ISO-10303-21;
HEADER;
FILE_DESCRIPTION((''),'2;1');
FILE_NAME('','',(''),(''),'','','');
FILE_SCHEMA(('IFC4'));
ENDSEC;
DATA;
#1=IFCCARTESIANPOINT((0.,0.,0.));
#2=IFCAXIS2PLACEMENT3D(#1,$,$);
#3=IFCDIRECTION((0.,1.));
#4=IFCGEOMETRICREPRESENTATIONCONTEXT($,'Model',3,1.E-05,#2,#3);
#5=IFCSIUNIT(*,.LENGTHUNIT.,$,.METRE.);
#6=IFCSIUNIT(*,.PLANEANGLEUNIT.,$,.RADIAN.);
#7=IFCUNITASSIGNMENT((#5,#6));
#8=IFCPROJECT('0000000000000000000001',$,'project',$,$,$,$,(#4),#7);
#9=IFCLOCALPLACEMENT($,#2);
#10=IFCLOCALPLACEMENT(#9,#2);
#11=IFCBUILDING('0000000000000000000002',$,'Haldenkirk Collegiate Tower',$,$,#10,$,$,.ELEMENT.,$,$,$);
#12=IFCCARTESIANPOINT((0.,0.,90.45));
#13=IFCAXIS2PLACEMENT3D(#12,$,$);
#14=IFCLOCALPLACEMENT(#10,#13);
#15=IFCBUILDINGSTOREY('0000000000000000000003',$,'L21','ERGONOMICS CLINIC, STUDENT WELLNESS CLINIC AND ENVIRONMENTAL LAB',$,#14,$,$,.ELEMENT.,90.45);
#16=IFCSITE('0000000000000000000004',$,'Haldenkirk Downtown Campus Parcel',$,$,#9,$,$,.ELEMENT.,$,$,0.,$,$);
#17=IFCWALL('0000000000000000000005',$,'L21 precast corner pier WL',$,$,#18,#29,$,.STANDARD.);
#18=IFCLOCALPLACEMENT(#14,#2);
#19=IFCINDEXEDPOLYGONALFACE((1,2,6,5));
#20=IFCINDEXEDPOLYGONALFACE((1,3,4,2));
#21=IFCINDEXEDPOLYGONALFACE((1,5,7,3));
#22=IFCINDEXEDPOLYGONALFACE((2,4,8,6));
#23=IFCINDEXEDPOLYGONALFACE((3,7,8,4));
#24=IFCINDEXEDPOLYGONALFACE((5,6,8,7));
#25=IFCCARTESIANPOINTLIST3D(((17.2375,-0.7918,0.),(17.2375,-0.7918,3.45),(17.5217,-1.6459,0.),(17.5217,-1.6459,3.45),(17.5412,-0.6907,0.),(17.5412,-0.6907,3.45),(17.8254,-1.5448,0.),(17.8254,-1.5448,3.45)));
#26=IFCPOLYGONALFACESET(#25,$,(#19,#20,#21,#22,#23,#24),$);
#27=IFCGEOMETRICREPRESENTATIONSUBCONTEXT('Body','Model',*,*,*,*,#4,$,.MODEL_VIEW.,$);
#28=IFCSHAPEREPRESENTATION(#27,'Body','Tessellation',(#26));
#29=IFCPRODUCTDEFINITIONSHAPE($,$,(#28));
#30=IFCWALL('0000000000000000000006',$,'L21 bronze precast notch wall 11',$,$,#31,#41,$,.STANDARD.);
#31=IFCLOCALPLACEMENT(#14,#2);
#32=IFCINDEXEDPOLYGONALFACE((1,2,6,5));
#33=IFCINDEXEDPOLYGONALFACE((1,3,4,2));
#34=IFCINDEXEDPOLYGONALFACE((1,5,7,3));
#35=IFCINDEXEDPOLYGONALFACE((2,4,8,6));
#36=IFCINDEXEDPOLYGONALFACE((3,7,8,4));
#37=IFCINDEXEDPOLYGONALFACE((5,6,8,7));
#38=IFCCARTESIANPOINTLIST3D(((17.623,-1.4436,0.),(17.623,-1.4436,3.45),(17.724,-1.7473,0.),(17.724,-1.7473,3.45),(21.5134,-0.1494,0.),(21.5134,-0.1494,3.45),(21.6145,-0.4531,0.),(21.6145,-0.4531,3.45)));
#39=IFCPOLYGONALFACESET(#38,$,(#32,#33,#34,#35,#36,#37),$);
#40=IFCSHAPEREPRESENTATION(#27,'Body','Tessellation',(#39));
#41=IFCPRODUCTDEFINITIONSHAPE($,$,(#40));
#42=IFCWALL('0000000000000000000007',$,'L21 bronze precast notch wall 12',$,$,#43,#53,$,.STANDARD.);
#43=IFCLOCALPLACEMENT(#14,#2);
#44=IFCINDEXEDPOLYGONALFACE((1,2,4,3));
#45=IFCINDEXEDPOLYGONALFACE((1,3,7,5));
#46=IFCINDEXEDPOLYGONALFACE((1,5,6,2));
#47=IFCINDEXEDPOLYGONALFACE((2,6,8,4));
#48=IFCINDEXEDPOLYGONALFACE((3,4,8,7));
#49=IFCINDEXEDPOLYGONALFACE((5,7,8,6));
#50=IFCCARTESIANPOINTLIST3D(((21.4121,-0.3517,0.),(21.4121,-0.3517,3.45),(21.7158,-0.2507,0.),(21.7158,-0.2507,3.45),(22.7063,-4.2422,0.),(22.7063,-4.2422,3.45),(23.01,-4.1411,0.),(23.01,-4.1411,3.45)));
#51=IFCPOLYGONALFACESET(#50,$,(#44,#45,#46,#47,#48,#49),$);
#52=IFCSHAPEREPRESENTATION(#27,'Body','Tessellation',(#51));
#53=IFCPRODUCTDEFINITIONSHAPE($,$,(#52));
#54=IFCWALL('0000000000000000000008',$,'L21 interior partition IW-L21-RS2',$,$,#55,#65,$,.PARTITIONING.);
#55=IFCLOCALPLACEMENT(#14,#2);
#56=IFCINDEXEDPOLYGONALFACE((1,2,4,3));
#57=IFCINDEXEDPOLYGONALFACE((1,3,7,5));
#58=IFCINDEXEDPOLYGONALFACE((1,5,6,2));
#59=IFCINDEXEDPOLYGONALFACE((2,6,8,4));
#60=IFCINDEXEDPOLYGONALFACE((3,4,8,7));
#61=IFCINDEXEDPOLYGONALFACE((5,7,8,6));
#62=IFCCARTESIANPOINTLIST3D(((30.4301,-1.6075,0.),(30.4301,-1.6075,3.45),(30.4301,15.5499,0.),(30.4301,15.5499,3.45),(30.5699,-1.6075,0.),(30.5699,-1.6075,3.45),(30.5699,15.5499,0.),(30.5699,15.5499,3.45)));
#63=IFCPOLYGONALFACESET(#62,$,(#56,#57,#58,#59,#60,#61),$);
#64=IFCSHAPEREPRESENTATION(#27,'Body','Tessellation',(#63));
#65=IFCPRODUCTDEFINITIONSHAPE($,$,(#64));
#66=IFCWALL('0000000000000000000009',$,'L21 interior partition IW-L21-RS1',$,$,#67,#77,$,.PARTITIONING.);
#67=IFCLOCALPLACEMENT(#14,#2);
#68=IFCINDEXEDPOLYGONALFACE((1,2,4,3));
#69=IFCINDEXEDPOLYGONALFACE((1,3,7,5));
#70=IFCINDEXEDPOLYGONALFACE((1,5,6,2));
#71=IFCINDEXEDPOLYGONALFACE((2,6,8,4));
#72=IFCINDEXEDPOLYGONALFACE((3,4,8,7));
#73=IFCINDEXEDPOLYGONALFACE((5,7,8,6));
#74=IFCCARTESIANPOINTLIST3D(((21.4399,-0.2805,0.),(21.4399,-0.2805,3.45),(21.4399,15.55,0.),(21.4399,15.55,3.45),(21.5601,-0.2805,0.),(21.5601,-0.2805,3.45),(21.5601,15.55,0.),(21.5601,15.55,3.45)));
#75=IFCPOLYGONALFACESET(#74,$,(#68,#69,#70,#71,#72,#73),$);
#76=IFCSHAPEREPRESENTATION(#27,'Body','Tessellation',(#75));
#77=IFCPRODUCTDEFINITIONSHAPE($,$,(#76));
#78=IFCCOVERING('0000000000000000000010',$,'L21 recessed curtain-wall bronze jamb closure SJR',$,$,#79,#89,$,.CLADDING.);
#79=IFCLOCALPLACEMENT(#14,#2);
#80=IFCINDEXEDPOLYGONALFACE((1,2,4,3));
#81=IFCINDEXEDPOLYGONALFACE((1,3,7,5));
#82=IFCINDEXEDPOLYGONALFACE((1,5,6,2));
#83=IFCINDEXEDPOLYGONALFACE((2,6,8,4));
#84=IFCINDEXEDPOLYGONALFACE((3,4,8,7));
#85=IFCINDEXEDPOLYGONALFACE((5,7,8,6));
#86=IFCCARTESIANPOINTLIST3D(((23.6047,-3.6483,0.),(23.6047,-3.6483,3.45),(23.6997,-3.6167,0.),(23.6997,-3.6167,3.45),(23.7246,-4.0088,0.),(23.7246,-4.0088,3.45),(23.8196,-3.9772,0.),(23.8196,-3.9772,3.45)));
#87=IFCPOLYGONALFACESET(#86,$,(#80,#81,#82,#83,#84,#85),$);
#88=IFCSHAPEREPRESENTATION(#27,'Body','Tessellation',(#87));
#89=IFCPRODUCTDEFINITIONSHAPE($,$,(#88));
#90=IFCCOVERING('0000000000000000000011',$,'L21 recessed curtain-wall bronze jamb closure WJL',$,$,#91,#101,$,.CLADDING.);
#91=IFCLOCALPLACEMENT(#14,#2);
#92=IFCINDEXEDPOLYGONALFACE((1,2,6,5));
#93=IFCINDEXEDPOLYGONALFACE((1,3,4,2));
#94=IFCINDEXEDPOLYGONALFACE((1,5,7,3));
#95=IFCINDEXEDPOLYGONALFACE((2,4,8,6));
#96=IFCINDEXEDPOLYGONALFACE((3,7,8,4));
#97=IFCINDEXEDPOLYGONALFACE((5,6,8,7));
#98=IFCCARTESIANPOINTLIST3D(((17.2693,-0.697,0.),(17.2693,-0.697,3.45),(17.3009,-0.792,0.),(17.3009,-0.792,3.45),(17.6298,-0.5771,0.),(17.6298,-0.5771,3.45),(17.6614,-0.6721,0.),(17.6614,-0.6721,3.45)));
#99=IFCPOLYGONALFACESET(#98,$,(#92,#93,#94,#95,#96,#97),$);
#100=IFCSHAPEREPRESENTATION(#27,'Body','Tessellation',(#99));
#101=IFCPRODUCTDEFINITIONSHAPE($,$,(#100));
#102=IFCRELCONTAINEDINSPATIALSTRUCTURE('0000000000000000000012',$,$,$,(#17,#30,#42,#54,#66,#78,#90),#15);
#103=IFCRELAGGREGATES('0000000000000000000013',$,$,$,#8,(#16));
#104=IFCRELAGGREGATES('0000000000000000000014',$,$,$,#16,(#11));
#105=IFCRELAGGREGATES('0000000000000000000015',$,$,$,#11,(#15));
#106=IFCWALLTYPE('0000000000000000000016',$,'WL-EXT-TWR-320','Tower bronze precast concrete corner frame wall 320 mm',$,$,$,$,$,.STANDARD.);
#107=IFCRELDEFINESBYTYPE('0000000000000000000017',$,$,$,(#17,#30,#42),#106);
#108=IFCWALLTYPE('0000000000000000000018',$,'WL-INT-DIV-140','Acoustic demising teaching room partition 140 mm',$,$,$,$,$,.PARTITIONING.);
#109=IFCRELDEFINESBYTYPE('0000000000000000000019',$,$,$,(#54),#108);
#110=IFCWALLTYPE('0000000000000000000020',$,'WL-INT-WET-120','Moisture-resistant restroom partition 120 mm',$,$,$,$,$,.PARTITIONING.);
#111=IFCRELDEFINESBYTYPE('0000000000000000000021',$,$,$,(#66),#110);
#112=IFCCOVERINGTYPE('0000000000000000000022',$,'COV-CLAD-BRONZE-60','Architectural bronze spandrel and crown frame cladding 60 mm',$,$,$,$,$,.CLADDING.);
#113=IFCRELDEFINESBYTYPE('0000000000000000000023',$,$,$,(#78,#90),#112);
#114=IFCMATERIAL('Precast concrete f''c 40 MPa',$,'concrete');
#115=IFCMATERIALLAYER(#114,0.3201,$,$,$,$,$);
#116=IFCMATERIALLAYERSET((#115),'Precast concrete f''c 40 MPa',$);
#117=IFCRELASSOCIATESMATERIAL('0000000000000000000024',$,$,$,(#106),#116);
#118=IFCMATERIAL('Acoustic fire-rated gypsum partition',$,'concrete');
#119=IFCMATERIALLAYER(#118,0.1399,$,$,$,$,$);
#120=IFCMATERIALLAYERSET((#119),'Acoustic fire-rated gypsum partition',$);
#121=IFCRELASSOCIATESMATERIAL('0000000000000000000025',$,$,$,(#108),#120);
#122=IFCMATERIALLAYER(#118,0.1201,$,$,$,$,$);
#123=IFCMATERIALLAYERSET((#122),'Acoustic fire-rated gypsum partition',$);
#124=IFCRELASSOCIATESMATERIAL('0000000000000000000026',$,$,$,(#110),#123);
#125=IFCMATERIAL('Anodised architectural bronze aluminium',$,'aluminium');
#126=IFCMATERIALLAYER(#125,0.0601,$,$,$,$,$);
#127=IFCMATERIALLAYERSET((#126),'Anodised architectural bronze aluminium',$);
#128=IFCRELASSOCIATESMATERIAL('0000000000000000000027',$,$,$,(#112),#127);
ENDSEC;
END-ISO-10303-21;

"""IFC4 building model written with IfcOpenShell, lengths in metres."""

from ifc_helpers import new_model, si_unit, direction, frame, frame_2d, origin, origin_2d, place, context, subcontext, project, spatial, rectangle, extrude, source, transform, mapped, material, layer, layer_set, type_object, element, save


model = new_model("IFC4")

# Units and contexts
model_context = context("Model", 3, precision=1e-05, world=origin(), true_north=direction((0.0, 1.0)))
body_context = subcontext(model_context, "Body", "Model", "MODEL_VIEW")
ifc_project = project(units=[si_unit("LENGTHUNIT", "METRE"), si_unit("PLANEANGLEUNIT", "RADIAN")], contexts=[model_context])

# Site, building, storey
site_placement = place(None, origin())
site = spatial("IfcSite", under=ifc_project, at=site_placement, Name="Haldenkirk Downtown Campus Parcel", CompositionType="ELEMENT", RefElevation=0.0)
building_placement = place(site_placement, origin())
building = spatial("IfcBuilding", under=site, at=building_placement, Name="Haldenkirk Collegiate Tower", CompositionType="ELEMENT")
storey_placement = place(building_placement, frame((0.0, 0.0, 90.45)))
storey = spatial("IfcBuildingStorey", under=building, at=storey_placement, Name="L21", Description="ERGONOMICS CLINIC, STUDENT WELLNESS CLINIC AND ENVIRONMENTAL LAB", CompositionType="ELEMENT", Elevation=90.45)

# Shared definitions
ifc_material_1 = material(Name="Anodised architectural bronze aluminium", Category="aluminium")

# Walls
ifc_material_2 = material(Name="Precast concrete f'c 40 MPa", Category="concrete")
ifc_layer_1 = layer(ifc_material_2, 0.3201)
ifc_layer_set_1 = layer_set([ifc_layer_1], Name="Precast concrete f'c 40 MPa")
wall_type_1 = type_object("IfcWallType", Name="WL-EXT-TWR-320", Description="Tower bronze precast concrete corner frame wall 320 mm", PredefinedType="STANDARD", material=ifc_layer_set_1)
wall_1_placement = place(storey_placement, frame((17.6736, -1.5955, 0.0), z_axis=(0.0, 0.0, 1.0), x_axis=(-0.315739, 0.948846, 0.0)))
element("IfcWall", 1, at=wall_1_placement, inside=storey, type_object=wall_type_1, Name="L21 precast corner pier WL", PredefinedType="STANDARD", context=body_context, shape_type="SweptSolid", body=[
    extrude(rectangle(XDim=0.9001, YDim=0.3201, at=frame_2d((0.4502, 0.0))), origin(), (0.0, 0.0, 1.0), 3.45),
])
for number, where, z_axis, x_axis, name in (
    (2, (21.564, -0.3013, 0.0), (0.0, 0.0, 1.0), (-0.948874, -0.315656, 0.0), "L21 bronze precast notch wall 11"),
    (3, (22.8582, -4.1917, 0.0), (0.0, 0.0, 1.0), (-0.315656, 0.948874, 0.0), "L21 bronze precast notch wall 12"),
):
    element("IfcWall", number, at=place(storey_placement, frame(where, z_axis=z_axis, x_axis=x_axis)), inside=storey, type_object=wall_type_1, Name=name, PredefinedType="STANDARD", context=body_context, shape_type="SweptSolid", body=[
        extrude(rectangle(XDim=4.1001, YDim=0.3201, at=frame_2d((2.05, 0.0))), origin(), (0.0, 0.0, 1.0), 3.45),
    ])
ifc_material_3 = material(Name="Acoustic fire-rated gypsum partition", Category="concrete")
ifc_layer_2 = layer(ifc_material_3, 0.1399)
ifc_layer_set_2 = layer_set([ifc_layer_2], Name="Acoustic fire-rated gypsum partition")
wall_type_2 = type_object("IfcWallType", Name="WL-INT-DIV-140", Description="Acoustic demising teaching room partition 140 mm", PredefinedType="PARTITIONING", material=ifc_layer_set_2)
wall_2_placement = place(storey_placement, frame((30.5, -1.6074, 0.0), z_axis=(0.0, 0.0, 1.0), x_axis=(0.0, 1.0, 0.0)))
element("IfcWall", 4, at=wall_2_placement, inside=storey, type_object=wall_type_2, Name="L21 interior partition IW-L21-RS2", PredefinedType="PARTITIONING", context=body_context, shape_type="SweptSolid", body=[
    extrude(rectangle(XDim=17.1575, YDim=0.1399, at=frame_2d((8.5786, 0.0))), origin(), (0.0, 0.0, 1.0), 3.45),
])
ifc_layer_3 = layer(ifc_material_3, 0.1201)
ifc_layer_set_3 = layer_set([ifc_layer_3], Name="Acoustic fire-rated gypsum partition")
wall_type_3 = type_object("IfcWallType", Name="WL-INT-WET-120", Description="Moisture-resistant restroom partition 120 mm", PredefinedType="PARTITIONING", material=ifc_layer_set_3)
wall_3_placement = place(storey_placement, frame((21.5, -0.2805, 0.0), z_axis=(0.0, 0.0, 1.0), x_axis=(0.0, 1.0, 0.0)))
element("IfcWall", 5, at=wall_3_placement, inside=storey, type_object=wall_type_3, Name="L21 interior partition IW-L21-RS1", PredefinedType="PARTITIONING", context=body_context, shape_type="SweptSolid", body=[
    extrude(rectangle(XDim=15.8306, YDim=0.1201, at=frame_2d((7.9153, 0.0))), origin(), (0.0, 0.0, 1.0), 3.45),
])

# Coverings
ifc_layer_4 = layer(ifc_material_1, 0.0601)
ifc_layer_set_4 = layer_set([ifc_layer_4], Name="Anodised architectural bronze aluminium")
covering_type = type_object("IfcCoveringType", Name="COV-CLAD-BRONZE-60", Description="Architectural bronze spandrel and crown frame cladding 60 mm", PredefinedType="CLADDING", material=ifc_layer_set_4)
shared_shape_1 = source(origin(), body_context, "Body", "SweptSolid", [
    extrude(rectangle(XDim=0.1001, YDim=0.3799, at=origin_2d()), origin(), (0.0, 0.0, 1.0), 3.45),
])
for number, where, z_axis, x_axis, name in (
    (6, (23.7122, -3.8127, 0.0), (0.0, 0.0, 1.0), (-0.948876, -0.315649, 0.0), "L21 recessed curtain-wall bronze jamb closure SJR"),
    (7, (17.4653, -0.6846, 0.0), (0.0, 0.0, 1.0), (-0.315649, 0.948876, 0.0), "L21 recessed curtain-wall bronze jamb closure WJL"),
):
    element("IfcCovering", number, at=place(storey_placement, frame(where, z_axis=z_axis, x_axis=x_axis)), inside=storey, type_object=covering_type, Name=name, PredefinedType="CLADDING", context=body_context, shape_type="MappedRepresentation", body=[
        mapped(shared_shape_1, transform((0.0, 0.0, 0.0), x_axis=(1.0, 0.0, 0.0), y_axis=(0.0, 1.0, 0.0), z_axis=(0.0, 0.0, 1.0), scale=1.0)),
    ])

save(model, "model.ifc")
